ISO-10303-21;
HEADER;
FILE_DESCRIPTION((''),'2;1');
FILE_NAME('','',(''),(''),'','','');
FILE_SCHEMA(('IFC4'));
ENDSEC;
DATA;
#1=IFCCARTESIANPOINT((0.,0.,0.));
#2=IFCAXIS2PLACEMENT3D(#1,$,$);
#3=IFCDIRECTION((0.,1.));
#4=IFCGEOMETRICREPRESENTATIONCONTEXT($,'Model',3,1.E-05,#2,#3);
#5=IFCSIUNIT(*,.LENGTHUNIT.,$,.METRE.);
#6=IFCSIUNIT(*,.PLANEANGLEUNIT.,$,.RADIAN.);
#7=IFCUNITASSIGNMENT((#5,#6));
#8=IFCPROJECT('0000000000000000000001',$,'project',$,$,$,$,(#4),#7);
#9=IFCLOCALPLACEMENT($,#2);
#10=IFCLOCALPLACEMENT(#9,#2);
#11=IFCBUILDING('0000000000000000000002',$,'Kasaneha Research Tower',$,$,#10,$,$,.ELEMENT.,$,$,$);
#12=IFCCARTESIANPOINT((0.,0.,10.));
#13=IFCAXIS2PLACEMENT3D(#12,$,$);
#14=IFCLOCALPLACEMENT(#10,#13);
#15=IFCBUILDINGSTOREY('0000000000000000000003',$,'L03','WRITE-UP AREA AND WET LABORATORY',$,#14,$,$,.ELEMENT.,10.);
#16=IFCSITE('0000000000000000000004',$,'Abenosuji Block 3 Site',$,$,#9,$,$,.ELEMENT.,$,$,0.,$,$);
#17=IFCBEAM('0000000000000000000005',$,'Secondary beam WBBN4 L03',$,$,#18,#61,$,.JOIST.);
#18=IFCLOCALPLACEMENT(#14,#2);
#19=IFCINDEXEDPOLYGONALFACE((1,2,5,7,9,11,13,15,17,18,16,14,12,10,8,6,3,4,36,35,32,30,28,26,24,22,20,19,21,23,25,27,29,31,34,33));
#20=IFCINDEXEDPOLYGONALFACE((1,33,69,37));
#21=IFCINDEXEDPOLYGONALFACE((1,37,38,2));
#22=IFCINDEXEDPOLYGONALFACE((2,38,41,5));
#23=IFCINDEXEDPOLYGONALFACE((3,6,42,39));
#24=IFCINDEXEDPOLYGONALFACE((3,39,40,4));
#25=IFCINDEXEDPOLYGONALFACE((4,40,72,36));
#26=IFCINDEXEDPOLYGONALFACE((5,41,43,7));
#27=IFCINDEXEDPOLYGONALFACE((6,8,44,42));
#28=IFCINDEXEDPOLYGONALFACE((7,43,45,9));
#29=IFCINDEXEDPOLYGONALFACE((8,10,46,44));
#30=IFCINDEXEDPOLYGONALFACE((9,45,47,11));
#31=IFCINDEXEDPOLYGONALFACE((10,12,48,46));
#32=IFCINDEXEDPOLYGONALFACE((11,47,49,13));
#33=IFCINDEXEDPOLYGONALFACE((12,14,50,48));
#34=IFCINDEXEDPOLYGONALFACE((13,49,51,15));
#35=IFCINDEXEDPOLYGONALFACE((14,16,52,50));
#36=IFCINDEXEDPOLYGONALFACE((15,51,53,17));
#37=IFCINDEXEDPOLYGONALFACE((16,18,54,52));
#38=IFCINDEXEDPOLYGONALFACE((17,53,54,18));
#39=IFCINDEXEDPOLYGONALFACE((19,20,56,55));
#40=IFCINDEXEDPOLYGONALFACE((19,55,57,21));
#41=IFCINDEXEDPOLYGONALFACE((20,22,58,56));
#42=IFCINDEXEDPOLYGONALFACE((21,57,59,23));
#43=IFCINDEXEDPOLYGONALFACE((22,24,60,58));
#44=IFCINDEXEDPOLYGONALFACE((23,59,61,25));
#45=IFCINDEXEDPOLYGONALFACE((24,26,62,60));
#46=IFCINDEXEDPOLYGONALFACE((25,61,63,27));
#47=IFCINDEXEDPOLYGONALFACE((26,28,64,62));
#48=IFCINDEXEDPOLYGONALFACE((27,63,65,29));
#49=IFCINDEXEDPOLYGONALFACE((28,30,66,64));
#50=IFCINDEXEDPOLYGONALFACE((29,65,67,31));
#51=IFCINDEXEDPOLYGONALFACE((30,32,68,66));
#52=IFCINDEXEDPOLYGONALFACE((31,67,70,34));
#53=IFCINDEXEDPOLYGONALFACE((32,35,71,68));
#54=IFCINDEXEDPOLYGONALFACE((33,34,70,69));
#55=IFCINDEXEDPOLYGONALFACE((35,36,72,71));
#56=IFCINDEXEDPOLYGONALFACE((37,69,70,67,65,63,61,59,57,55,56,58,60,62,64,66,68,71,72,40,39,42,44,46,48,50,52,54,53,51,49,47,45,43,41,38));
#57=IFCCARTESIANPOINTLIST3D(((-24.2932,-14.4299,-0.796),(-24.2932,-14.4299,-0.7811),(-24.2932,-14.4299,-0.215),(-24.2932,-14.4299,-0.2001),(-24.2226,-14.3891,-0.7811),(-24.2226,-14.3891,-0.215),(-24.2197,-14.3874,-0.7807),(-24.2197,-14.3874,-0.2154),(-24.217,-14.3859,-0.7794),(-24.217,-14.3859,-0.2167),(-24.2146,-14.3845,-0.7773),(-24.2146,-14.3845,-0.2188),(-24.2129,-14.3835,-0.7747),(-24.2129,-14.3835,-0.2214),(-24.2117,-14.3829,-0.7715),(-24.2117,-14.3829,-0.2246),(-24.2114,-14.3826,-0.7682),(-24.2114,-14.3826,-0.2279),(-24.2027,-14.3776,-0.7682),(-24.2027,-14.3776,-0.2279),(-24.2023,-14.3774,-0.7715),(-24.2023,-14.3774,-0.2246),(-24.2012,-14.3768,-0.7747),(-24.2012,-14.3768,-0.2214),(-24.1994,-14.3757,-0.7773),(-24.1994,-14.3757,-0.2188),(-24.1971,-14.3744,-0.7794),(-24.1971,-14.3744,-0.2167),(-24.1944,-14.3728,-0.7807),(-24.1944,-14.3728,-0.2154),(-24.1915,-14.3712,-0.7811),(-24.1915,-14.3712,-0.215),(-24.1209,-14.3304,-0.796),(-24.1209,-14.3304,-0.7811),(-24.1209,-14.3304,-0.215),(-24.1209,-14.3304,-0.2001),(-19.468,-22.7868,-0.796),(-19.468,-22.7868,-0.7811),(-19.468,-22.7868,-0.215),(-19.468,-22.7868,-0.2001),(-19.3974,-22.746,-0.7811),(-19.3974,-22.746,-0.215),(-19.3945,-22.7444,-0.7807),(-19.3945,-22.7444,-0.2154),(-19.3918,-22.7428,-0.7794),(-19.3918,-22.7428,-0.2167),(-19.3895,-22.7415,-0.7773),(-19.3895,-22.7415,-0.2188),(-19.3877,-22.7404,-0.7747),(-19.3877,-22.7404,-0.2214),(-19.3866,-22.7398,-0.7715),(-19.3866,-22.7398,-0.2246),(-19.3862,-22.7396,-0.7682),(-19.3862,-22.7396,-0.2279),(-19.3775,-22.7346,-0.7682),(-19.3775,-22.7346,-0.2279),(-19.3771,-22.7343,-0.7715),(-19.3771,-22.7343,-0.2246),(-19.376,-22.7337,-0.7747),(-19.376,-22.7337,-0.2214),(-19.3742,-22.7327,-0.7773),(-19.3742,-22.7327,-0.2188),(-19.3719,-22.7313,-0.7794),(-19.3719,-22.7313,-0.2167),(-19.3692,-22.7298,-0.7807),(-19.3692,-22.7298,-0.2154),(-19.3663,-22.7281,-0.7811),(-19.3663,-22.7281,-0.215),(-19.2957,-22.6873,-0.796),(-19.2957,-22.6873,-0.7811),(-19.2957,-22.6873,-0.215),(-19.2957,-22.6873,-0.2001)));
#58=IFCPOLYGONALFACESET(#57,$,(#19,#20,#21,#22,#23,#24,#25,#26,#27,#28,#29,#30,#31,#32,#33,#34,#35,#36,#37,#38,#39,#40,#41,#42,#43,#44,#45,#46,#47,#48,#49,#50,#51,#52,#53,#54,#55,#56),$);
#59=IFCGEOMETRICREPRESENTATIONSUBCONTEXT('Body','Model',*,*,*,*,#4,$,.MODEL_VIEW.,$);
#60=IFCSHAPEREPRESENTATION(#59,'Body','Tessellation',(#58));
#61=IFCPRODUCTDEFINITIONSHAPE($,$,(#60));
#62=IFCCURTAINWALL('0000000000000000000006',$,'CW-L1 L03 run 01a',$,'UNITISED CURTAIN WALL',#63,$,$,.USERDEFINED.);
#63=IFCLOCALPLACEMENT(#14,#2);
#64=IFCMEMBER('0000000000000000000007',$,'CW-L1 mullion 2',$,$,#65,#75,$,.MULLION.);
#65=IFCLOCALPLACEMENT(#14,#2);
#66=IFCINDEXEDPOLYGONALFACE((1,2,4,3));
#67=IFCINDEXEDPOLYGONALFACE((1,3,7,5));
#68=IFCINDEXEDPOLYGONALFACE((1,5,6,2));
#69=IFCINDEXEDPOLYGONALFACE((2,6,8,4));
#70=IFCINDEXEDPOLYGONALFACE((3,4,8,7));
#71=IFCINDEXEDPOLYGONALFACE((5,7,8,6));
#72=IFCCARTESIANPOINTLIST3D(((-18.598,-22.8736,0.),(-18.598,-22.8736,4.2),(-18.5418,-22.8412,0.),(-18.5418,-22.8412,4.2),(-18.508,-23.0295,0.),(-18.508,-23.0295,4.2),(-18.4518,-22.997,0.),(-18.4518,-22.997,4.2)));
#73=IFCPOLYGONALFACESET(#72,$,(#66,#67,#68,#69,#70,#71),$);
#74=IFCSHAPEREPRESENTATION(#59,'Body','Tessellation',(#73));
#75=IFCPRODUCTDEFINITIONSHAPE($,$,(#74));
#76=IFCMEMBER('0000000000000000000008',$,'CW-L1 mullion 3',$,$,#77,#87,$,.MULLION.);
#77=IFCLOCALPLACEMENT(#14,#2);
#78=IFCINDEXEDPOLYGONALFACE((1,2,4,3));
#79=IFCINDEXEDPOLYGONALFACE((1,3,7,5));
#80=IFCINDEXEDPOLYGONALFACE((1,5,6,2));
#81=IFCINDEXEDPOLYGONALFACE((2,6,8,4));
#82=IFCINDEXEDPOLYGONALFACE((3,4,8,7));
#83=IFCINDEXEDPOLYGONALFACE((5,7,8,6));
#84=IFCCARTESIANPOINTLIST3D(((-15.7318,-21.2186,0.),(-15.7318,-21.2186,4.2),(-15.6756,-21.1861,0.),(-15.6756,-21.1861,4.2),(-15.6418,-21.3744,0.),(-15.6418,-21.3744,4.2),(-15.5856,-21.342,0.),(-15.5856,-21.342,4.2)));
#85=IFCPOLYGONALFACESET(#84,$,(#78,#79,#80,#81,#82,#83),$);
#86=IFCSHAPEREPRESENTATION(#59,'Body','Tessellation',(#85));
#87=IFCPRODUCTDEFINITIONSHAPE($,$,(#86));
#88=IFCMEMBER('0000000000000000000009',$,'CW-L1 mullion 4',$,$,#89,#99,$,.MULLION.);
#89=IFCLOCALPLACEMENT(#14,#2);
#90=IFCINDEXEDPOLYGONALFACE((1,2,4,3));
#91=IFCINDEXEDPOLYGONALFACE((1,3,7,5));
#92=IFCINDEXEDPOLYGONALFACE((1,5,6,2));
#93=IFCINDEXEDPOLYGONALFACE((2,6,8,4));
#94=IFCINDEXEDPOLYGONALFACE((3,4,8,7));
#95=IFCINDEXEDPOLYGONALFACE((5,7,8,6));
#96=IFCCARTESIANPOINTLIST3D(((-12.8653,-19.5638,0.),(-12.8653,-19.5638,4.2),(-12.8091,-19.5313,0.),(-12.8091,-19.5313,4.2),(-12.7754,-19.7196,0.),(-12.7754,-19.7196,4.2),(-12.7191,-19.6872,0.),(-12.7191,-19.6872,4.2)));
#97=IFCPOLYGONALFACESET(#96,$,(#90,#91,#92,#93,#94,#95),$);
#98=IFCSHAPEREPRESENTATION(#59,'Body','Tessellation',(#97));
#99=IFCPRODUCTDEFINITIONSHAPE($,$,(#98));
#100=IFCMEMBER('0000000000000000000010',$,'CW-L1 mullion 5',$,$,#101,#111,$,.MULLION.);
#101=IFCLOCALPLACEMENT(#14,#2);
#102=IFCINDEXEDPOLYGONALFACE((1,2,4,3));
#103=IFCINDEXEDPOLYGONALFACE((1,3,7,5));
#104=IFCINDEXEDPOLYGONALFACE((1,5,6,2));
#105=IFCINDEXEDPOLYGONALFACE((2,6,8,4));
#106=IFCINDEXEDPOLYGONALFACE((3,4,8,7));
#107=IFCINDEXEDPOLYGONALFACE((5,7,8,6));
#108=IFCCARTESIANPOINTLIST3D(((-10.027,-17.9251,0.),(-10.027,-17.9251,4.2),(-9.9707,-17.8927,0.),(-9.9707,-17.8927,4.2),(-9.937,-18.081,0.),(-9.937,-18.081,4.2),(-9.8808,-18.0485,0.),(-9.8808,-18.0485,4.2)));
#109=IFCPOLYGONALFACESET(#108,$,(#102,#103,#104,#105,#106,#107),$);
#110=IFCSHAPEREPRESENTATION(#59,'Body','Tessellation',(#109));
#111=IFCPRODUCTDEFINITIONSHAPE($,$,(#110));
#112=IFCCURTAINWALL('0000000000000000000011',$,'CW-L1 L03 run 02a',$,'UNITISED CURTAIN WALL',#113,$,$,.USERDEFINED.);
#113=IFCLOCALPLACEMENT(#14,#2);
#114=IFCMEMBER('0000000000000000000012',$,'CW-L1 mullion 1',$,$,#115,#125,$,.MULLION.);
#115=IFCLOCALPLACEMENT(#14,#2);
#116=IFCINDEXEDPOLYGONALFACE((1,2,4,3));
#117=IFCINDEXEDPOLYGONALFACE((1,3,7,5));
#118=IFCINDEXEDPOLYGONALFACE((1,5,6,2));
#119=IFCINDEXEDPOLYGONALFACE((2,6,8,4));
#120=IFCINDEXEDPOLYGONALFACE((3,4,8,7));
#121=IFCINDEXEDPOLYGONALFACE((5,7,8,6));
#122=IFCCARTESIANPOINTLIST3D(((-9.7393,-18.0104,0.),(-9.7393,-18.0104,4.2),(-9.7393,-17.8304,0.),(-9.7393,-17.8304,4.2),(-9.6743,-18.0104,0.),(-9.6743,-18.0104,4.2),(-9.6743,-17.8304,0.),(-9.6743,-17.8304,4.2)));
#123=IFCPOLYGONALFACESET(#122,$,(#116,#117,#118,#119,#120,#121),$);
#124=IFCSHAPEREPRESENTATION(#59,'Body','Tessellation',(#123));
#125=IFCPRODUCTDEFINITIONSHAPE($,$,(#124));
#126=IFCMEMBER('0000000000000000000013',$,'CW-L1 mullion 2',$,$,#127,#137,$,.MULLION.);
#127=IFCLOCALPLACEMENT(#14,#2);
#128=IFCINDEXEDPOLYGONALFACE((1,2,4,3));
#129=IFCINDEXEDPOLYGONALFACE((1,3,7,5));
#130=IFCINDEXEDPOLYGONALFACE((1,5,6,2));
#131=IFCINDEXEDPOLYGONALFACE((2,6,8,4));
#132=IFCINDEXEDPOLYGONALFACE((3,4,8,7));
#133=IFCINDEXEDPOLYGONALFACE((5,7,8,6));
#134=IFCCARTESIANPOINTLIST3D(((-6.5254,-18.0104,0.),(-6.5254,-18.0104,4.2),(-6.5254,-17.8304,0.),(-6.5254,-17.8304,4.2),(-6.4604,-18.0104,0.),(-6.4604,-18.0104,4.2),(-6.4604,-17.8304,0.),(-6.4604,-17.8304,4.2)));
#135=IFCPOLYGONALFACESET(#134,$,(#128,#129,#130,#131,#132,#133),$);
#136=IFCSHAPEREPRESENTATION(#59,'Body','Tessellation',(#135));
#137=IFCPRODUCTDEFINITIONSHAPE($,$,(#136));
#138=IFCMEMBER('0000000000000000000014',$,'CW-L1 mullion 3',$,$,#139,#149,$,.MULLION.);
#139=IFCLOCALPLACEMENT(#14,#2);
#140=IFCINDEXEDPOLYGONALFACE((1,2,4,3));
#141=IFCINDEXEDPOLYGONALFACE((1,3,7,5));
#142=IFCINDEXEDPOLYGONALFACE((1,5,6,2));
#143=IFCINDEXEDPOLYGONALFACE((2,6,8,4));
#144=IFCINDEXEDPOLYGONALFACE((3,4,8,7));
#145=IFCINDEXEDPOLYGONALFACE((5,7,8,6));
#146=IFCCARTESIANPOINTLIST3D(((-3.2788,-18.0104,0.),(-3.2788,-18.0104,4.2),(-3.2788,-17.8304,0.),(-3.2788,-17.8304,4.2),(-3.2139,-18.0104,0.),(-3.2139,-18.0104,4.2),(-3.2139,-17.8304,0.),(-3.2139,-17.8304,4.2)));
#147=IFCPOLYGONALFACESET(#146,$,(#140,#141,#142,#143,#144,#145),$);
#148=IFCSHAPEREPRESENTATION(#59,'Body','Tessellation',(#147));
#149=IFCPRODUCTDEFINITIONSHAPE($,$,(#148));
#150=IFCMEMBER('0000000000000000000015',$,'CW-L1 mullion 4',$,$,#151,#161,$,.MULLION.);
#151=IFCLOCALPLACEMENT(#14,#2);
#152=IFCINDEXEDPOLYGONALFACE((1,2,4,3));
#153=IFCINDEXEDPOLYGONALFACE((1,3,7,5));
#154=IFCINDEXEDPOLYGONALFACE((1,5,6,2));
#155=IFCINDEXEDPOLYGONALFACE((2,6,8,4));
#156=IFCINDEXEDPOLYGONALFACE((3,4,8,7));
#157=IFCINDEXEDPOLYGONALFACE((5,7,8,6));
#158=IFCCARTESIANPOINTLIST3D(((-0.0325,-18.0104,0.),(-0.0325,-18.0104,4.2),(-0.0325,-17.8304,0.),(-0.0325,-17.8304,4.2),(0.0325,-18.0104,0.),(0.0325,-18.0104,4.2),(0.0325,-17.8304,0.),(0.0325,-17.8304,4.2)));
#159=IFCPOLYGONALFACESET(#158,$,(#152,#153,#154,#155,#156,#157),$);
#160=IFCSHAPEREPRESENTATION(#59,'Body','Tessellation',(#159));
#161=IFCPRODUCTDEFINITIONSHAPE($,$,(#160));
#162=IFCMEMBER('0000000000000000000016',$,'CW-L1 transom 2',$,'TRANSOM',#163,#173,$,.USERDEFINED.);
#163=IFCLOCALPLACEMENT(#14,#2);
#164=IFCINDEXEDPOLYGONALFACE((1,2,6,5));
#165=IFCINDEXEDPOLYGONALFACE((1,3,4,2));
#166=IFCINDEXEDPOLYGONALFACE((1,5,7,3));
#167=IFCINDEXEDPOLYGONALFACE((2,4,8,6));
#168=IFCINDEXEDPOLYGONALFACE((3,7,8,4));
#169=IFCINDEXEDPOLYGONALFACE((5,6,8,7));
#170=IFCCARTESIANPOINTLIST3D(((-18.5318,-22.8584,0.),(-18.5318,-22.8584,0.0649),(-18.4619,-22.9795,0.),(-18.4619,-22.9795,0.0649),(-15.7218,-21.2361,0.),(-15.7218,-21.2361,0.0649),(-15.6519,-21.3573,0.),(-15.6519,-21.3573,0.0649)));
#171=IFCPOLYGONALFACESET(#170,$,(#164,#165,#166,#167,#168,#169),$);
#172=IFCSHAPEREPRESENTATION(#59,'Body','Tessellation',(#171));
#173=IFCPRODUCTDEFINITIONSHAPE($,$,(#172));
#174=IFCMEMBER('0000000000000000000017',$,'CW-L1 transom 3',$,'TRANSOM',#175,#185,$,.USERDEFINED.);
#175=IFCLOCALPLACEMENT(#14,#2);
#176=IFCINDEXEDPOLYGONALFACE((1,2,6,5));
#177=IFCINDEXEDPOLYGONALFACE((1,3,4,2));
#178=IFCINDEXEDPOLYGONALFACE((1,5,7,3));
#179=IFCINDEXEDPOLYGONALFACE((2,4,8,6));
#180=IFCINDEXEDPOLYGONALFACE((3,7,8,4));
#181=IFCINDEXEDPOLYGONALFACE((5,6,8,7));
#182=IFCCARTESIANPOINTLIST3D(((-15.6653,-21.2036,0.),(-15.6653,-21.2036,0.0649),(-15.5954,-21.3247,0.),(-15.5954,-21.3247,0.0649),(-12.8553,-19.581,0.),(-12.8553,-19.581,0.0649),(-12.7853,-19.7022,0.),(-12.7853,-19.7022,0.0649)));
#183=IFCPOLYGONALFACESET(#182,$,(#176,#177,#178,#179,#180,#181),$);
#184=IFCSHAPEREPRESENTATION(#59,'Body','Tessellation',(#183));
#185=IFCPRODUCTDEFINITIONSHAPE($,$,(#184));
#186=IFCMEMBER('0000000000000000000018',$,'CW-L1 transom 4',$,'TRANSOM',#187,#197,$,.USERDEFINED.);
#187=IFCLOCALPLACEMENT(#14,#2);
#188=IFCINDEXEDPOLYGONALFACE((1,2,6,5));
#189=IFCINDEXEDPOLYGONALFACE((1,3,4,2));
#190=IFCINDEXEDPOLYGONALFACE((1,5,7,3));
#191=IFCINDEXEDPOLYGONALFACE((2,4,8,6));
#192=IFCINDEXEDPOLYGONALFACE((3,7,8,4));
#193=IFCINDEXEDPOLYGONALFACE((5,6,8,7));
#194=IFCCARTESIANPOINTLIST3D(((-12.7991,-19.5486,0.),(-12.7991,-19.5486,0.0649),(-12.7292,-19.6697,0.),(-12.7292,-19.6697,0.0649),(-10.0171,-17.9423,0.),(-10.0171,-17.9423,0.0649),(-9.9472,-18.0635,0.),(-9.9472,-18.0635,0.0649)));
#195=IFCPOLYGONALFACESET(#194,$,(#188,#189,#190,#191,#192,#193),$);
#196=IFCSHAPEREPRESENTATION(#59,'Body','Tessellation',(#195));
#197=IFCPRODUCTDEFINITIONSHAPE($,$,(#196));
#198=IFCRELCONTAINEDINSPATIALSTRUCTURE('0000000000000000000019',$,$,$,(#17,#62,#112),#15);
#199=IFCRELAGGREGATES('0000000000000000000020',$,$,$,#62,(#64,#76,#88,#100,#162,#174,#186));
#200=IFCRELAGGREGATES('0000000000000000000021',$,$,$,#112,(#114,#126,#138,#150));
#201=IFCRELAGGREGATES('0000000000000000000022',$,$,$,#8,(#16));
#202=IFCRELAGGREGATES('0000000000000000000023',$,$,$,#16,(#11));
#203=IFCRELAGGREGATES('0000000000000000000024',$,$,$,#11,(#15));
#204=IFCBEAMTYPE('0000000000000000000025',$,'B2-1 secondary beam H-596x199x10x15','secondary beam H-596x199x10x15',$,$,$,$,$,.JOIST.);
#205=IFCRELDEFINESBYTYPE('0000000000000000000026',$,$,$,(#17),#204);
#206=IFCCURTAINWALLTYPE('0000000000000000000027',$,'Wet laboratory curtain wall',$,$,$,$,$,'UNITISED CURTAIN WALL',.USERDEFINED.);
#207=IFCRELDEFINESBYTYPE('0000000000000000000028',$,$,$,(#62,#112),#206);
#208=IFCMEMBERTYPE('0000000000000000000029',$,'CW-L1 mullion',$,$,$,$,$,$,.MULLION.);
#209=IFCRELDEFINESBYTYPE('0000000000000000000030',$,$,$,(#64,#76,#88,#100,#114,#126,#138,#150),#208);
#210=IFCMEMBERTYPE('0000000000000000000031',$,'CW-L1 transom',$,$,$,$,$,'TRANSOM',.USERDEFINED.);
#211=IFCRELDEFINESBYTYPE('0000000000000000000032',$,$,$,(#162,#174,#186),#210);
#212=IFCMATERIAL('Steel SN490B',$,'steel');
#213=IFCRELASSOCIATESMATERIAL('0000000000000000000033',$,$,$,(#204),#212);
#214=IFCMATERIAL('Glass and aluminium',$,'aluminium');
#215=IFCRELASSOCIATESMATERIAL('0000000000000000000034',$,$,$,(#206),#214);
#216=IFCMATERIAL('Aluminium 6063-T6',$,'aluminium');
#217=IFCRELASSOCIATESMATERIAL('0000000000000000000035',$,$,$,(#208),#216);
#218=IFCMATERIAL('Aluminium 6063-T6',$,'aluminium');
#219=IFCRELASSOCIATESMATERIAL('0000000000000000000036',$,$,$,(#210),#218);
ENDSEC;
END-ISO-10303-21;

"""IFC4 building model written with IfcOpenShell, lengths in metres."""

from ifc_helpers import new_model, si_unit, direction, frame, origin, origin_2d, place, context, subcontext, project, spatial, rectangle, i_section, extrude, material, material_profile, profile_set, type_object, element, aggregate, save


model = new_model("IFC4")

# Units and contexts
model_context = context("Model", 3, precision=1e-05, world=origin(), true_north=direction((0.0, 1.0)))
body_context = subcontext(model_context, "Body", "Model", "MODEL_VIEW")
ifc_project = project(units=[si_unit("LENGTHUNIT", "METRE"), si_unit("PLANEANGLEUNIT", "RADIAN")], contexts=[model_context])

# Site, building, storey
site_placement = place(None, origin())
site = spatial("IfcSite", under=ifc_project, at=site_placement, Name="Abenosuji Block 3 Site", CompositionType="ELEMENT", RefElevation=0.0)
building_placement = place(site_placement, origin())
building = spatial("IfcBuilding", under=site, at=building_placement, Name="Kasaneha Research Tower", CompositionType="ELEMENT")
storey_placement = place(building_placement, frame((0.0, 0.0, 10.0)))
storey = spatial("IfcBuildingStorey", under=building, at=storey_placement, Name="L03", Description="WRITE-UP AREA AND WET LABORATORY", CompositionType="ELEMENT", Elevation=10.0)

# Beam
ifc_material_1 = material(Name="Steel SN490B", Category="steel")
ifc_material_profile_1 = material_profile(ifc_material_1, i_section(OverallWidth=0.199, OverallDepth=0.5959, WebThickness=0.01, FlangeThickness=0.0149, FilletRadius=0.0129, at=origin_2d()), Name="H-596x199x10x15")
ifc_profile_set_1 = profile_set([ifc_material_profile_1], Name="Steel SN490B")
beam_type_1 = type_object("IfcBeamType", Name="B2-1 secondary beam H-596x199x10x15", Description="secondary beam H-596x199x10x15", PredefinedType="JOIST", material=ifc_profile_set_1)
for number, where, z_axis, x_axis, name in (
    (1, (-19.3818, -22.7371, -0.498), (-0.500025, 0.866011, 0.0), (-0.866011, -0.500025, 0.0), "Secondary beam WBBN4 L03"),
):
    element("IfcBeam", number, at=place(storey_placement, frame(where, z_axis=z_axis, x_axis=x_axis)), inside=storey, type_object=beam_type_1, Name=name, PredefinedType="JOIST", context=body_context, shape_type="SweptSolid", body=[
        extrude(i_section(OverallWidth=0.199, OverallDepth=0.5959, WebThickness=0.01, FlangeThickness=0.0149, FilletRadius=0.0129, at=origin_2d()), origin(), (0.0, 0.0, 1.0), 9.6499),
    ])

# Curtain walls, members
ifc_material_2 = material(Name="Glass and aluminium", Category="aluminium")
curtain_wall_type = type_object("IfcCurtainWallType", Name="Wet laboratory curtain wall", ElementType="UNITISED CURTAIN WALL", PredefinedType="USERDEFINED", material=ifc_material_2)
curtain_wall_1_placement = place(storey_placement, origin())
curtain_wall_1 = element("IfcCurtainWall", 2, at=curtain_wall_1_placement, inside=storey, type_object=curtain_wall_type, Name="CW-L1 L03 run 01a", ObjectType="UNITISED CURTAIN WALL", PredefinedType="USERDEFINED")
ifc_material_3 = material(Name="Aluminium 6063-T6", Category="aluminium")
ifc_material_profile_2 = material_profile(ifc_material_3, rectangle(XDim=0.0649, YDim=0.1799, at=origin_2d()), Name="CW-L1 mullion 65x180")
ifc_profile_set_2 = profile_set([ifc_material_profile_2], Name="Aluminium 6063-T6")
member_type_1 = type_object("IfcMemberType", Name="CW-L1 mullion", PredefinedType="MULLION", material=ifc_profile_set_2)
member_1_placement = place(storey_placement, frame((-18.5249, -22.9353, 0.0), z_axis=(0.0, 0.0, 1.0), x_axis=(0.866025, 0.5, 0.0)))
member_1 = element("IfcMember", 3, at=member_1_placement, type_object=member_type_1, Name="CW-L1 mullion 2", PredefinedType="MULLION", context=body_context, shape_type="SweptSolid", body=[
    extrude(rectangle(XDim=0.0649, YDim=0.1799, at=origin_2d()), origin(), (0.0, 0.0, 1.0), 4.2),
])
member_2_placement = place(storey_placement, frame((-15.6587, -21.2803, 0.0), z_axis=(0.0, 0.0, 1.0), x_axis=(0.866025, 0.5, 0.0)))
member_2 = element("IfcMember", 4, at=member_2_placement, type_object=member_type_1, Name="CW-L1 mullion 3", PredefinedType="MULLION", context=body_context, shape_type="SweptSolid", body=[
    extrude(rectangle(XDim=0.0649, YDim=0.1799, at=origin_2d()), origin(), (0.0, 0.0, 1.0), 4.2),
])
member_3_placement = place(storey_placement, frame((-12.7922, -19.6255, 0.0), z_axis=(0.0, 0.0, 1.0), x_axis=(0.866025, 0.5, 0.0)))
member_3 = element("IfcMember", 5, at=member_3_placement, type_object=member_type_1, Name="CW-L1 mullion 4", PredefinedType="MULLION", context=body_context, shape_type="SweptSolid", body=[
    extrude(rectangle(XDim=0.0649, YDim=0.1799, at=origin_2d()), origin(), (0.0, 0.0, 1.0), 4.2),
])
member_4_placement = place(storey_placement, frame((-9.9539, -17.9868, 0.0), z_axis=(0.0, 0.0, 1.0), x_axis=(0.866025, 0.5, 0.0)))
member_4 = element("IfcMember", 6, at=member_4_placement, type_object=member_type_1, Name="CW-L1 mullion 5", PredefinedType="MULLION", context=body_context, shape_type="SweptSolid", body=[
    extrude(rectangle(XDim=0.0649, YDim=0.1799, at=origin_2d()), origin(), (0.0, 0.0, 1.0), 4.2),
])
curtain_wall_2_placement = place(storey_placement, origin())
curtain_wall_2 = element("IfcCurtainWall", 7, at=curtain_wall_2_placement, inside=storey, type_object=curtain_wall_type, Name="CW-L1 L03 run 02a", ObjectType="UNITISED CURTAIN WALL", PredefinedType="USERDEFINED")
member_5_placement = place(storey_placement, frame((-9.7068, -17.9204, 0.0), z_axis=(0.0, 0.0, 1.0), x_axis=(1.0, 0.0, 0.0)))
member_5 = element("IfcMember", 8, at=member_5_placement, type_object=member_type_1, Name="CW-L1 mullion 1", PredefinedType="MULLION", context=body_context, shape_type="SweptSolid", body=[
    extrude(rectangle(XDim=0.0649, YDim=0.1799, at=origin_2d()), origin(), (0.0, 0.0, 1.0), 4.2),
])
member_6_placement = place(storey_placement, frame((-6.4929, -17.9204, 0.0), z_axis=(0.0, 0.0, 1.0), x_axis=(1.0, 0.0, 0.0)))
member_6 = element("IfcMember", 9, at=member_6_placement, type_object=member_type_1, Name="CW-L1 mullion 2", PredefinedType="MULLION", context=body_context, shape_type="SweptSolid", body=[
    extrude(rectangle(XDim=0.0649, YDim=0.1799, at=origin_2d()), origin(), (0.0, 0.0, 1.0), 4.2),
])
member_7_placement = place(storey_placement, frame((-3.2463, -17.9204, 0.0), z_axis=(0.0, 0.0, 1.0), x_axis=(1.0, 0.0, 0.0)))
member_7 = element("IfcMember", 10, at=member_7_placement, type_object=member_type_1, Name="CW-L1 mullion 3", PredefinedType="MULLION", context=body_context, shape_type="SweptSolid", body=[
    extrude(rectangle(XDim=0.0649, YDim=0.1799, at=origin_2d()), origin(), (0.0, 0.0, 1.0), 4.2),
])
member_8_placement = place(storey_placement, frame((0.0, -17.9204, 0.0), z_axis=(0.0, 0.0, 1.0), x_axis=(1.0, 0.0, 0.0)))
member_8 = element("IfcMember", 11, at=member_8_placement, type_object=member_type_1, Name="CW-L1 mullion 4", PredefinedType="MULLION", context=body_context, shape_type="SweptSolid", body=[
    extrude(rectangle(XDim=0.0649, YDim=0.1799, at=origin_2d()), origin(), (0.0, 0.0, 1.0), 4.2),
])

# Members
ifc_material_4 = material(Name="Aluminium 6063-T6", Category="aluminium")
ifc_material_profile_3 = material_profile(ifc_material_4, rectangle(XDim=0.1399, YDim=0.0649, at=origin_2d()), Name="CW-L1 transom 140x65")
ifc_profile_set_3 = profile_set([ifc_material_profile_3], Name="Aluminium 6063-T6")
member_type_2 = type_object("IfcMemberType", Name="CW-L1 transom", ElementType="TRANSOM", PredefinedType="USERDEFINED", material=ifc_profile_set_3)
member_9_placement = place(storey_placement, frame((-18.4968, -22.9189, 0.0325), z_axis=(0.866035, 0.499983, 0.0), x_axis=(-0.499983, 0.866035, 0.0)))
member_9 = element("IfcMember", 12, at=member_9_placement, type_object=member_type_2, Name="CW-L1 transom 2", ObjectType="TRANSOM", PredefinedType="USERDEFINED", context=body_context, shape_type="SweptSolid", body=[
    extrude(rectangle(XDim=0.1399, YDim=0.0649, at=origin_2d()), origin(), (0.0, 0.0, 1.0), 3.2446),
])
member_10_placement = place(storey_placement, frame((-15.6304, -21.2642, 0.0325), z_axis=(0.866003, 0.500039, 0.0), x_axis=(-0.500039, 0.866003, 0.0)))
member_10 = element("IfcMember", 13, at=member_10_placement, type_object=member_type_2, Name="CW-L1 transom 3", ObjectType="TRANSOM", PredefinedType="USERDEFINED", context=body_context, shape_type="SweptSolid", body=[
    extrude(rectangle(XDim=0.1399, YDim=0.0649, at=origin_2d()), origin(), (0.0, 0.0, 1.0), 3.2449),
])
member_11_placement = place(storey_placement, frame((-12.7642, -19.6091, 0.0325), z_axis=(0.866022, 0.500005, 0.0), x_axis=(-0.500005, 0.866022, 0.0)))
member_11 = element("IfcMember", 14, at=member_11_placement, type_object=member_type_2, Name="CW-L1 transom 4", ObjectType="TRANSOM", PredefinedType="USERDEFINED", context=body_context, shape_type="SweptSolid", body=[
    extrude(rectangle(XDim=0.1399, YDim=0.0649, at=origin_2d()), origin(), (0.0, 0.0, 1.0), 3.2124),
])

aggregate(curtain_wall_1, [member_1, member_2, member_3, member_4, member_9, member_10, member_11])
aggregate(curtain_wall_2, [member_5, member_6, member_7, member_8])

save(model, "model.ifc")
